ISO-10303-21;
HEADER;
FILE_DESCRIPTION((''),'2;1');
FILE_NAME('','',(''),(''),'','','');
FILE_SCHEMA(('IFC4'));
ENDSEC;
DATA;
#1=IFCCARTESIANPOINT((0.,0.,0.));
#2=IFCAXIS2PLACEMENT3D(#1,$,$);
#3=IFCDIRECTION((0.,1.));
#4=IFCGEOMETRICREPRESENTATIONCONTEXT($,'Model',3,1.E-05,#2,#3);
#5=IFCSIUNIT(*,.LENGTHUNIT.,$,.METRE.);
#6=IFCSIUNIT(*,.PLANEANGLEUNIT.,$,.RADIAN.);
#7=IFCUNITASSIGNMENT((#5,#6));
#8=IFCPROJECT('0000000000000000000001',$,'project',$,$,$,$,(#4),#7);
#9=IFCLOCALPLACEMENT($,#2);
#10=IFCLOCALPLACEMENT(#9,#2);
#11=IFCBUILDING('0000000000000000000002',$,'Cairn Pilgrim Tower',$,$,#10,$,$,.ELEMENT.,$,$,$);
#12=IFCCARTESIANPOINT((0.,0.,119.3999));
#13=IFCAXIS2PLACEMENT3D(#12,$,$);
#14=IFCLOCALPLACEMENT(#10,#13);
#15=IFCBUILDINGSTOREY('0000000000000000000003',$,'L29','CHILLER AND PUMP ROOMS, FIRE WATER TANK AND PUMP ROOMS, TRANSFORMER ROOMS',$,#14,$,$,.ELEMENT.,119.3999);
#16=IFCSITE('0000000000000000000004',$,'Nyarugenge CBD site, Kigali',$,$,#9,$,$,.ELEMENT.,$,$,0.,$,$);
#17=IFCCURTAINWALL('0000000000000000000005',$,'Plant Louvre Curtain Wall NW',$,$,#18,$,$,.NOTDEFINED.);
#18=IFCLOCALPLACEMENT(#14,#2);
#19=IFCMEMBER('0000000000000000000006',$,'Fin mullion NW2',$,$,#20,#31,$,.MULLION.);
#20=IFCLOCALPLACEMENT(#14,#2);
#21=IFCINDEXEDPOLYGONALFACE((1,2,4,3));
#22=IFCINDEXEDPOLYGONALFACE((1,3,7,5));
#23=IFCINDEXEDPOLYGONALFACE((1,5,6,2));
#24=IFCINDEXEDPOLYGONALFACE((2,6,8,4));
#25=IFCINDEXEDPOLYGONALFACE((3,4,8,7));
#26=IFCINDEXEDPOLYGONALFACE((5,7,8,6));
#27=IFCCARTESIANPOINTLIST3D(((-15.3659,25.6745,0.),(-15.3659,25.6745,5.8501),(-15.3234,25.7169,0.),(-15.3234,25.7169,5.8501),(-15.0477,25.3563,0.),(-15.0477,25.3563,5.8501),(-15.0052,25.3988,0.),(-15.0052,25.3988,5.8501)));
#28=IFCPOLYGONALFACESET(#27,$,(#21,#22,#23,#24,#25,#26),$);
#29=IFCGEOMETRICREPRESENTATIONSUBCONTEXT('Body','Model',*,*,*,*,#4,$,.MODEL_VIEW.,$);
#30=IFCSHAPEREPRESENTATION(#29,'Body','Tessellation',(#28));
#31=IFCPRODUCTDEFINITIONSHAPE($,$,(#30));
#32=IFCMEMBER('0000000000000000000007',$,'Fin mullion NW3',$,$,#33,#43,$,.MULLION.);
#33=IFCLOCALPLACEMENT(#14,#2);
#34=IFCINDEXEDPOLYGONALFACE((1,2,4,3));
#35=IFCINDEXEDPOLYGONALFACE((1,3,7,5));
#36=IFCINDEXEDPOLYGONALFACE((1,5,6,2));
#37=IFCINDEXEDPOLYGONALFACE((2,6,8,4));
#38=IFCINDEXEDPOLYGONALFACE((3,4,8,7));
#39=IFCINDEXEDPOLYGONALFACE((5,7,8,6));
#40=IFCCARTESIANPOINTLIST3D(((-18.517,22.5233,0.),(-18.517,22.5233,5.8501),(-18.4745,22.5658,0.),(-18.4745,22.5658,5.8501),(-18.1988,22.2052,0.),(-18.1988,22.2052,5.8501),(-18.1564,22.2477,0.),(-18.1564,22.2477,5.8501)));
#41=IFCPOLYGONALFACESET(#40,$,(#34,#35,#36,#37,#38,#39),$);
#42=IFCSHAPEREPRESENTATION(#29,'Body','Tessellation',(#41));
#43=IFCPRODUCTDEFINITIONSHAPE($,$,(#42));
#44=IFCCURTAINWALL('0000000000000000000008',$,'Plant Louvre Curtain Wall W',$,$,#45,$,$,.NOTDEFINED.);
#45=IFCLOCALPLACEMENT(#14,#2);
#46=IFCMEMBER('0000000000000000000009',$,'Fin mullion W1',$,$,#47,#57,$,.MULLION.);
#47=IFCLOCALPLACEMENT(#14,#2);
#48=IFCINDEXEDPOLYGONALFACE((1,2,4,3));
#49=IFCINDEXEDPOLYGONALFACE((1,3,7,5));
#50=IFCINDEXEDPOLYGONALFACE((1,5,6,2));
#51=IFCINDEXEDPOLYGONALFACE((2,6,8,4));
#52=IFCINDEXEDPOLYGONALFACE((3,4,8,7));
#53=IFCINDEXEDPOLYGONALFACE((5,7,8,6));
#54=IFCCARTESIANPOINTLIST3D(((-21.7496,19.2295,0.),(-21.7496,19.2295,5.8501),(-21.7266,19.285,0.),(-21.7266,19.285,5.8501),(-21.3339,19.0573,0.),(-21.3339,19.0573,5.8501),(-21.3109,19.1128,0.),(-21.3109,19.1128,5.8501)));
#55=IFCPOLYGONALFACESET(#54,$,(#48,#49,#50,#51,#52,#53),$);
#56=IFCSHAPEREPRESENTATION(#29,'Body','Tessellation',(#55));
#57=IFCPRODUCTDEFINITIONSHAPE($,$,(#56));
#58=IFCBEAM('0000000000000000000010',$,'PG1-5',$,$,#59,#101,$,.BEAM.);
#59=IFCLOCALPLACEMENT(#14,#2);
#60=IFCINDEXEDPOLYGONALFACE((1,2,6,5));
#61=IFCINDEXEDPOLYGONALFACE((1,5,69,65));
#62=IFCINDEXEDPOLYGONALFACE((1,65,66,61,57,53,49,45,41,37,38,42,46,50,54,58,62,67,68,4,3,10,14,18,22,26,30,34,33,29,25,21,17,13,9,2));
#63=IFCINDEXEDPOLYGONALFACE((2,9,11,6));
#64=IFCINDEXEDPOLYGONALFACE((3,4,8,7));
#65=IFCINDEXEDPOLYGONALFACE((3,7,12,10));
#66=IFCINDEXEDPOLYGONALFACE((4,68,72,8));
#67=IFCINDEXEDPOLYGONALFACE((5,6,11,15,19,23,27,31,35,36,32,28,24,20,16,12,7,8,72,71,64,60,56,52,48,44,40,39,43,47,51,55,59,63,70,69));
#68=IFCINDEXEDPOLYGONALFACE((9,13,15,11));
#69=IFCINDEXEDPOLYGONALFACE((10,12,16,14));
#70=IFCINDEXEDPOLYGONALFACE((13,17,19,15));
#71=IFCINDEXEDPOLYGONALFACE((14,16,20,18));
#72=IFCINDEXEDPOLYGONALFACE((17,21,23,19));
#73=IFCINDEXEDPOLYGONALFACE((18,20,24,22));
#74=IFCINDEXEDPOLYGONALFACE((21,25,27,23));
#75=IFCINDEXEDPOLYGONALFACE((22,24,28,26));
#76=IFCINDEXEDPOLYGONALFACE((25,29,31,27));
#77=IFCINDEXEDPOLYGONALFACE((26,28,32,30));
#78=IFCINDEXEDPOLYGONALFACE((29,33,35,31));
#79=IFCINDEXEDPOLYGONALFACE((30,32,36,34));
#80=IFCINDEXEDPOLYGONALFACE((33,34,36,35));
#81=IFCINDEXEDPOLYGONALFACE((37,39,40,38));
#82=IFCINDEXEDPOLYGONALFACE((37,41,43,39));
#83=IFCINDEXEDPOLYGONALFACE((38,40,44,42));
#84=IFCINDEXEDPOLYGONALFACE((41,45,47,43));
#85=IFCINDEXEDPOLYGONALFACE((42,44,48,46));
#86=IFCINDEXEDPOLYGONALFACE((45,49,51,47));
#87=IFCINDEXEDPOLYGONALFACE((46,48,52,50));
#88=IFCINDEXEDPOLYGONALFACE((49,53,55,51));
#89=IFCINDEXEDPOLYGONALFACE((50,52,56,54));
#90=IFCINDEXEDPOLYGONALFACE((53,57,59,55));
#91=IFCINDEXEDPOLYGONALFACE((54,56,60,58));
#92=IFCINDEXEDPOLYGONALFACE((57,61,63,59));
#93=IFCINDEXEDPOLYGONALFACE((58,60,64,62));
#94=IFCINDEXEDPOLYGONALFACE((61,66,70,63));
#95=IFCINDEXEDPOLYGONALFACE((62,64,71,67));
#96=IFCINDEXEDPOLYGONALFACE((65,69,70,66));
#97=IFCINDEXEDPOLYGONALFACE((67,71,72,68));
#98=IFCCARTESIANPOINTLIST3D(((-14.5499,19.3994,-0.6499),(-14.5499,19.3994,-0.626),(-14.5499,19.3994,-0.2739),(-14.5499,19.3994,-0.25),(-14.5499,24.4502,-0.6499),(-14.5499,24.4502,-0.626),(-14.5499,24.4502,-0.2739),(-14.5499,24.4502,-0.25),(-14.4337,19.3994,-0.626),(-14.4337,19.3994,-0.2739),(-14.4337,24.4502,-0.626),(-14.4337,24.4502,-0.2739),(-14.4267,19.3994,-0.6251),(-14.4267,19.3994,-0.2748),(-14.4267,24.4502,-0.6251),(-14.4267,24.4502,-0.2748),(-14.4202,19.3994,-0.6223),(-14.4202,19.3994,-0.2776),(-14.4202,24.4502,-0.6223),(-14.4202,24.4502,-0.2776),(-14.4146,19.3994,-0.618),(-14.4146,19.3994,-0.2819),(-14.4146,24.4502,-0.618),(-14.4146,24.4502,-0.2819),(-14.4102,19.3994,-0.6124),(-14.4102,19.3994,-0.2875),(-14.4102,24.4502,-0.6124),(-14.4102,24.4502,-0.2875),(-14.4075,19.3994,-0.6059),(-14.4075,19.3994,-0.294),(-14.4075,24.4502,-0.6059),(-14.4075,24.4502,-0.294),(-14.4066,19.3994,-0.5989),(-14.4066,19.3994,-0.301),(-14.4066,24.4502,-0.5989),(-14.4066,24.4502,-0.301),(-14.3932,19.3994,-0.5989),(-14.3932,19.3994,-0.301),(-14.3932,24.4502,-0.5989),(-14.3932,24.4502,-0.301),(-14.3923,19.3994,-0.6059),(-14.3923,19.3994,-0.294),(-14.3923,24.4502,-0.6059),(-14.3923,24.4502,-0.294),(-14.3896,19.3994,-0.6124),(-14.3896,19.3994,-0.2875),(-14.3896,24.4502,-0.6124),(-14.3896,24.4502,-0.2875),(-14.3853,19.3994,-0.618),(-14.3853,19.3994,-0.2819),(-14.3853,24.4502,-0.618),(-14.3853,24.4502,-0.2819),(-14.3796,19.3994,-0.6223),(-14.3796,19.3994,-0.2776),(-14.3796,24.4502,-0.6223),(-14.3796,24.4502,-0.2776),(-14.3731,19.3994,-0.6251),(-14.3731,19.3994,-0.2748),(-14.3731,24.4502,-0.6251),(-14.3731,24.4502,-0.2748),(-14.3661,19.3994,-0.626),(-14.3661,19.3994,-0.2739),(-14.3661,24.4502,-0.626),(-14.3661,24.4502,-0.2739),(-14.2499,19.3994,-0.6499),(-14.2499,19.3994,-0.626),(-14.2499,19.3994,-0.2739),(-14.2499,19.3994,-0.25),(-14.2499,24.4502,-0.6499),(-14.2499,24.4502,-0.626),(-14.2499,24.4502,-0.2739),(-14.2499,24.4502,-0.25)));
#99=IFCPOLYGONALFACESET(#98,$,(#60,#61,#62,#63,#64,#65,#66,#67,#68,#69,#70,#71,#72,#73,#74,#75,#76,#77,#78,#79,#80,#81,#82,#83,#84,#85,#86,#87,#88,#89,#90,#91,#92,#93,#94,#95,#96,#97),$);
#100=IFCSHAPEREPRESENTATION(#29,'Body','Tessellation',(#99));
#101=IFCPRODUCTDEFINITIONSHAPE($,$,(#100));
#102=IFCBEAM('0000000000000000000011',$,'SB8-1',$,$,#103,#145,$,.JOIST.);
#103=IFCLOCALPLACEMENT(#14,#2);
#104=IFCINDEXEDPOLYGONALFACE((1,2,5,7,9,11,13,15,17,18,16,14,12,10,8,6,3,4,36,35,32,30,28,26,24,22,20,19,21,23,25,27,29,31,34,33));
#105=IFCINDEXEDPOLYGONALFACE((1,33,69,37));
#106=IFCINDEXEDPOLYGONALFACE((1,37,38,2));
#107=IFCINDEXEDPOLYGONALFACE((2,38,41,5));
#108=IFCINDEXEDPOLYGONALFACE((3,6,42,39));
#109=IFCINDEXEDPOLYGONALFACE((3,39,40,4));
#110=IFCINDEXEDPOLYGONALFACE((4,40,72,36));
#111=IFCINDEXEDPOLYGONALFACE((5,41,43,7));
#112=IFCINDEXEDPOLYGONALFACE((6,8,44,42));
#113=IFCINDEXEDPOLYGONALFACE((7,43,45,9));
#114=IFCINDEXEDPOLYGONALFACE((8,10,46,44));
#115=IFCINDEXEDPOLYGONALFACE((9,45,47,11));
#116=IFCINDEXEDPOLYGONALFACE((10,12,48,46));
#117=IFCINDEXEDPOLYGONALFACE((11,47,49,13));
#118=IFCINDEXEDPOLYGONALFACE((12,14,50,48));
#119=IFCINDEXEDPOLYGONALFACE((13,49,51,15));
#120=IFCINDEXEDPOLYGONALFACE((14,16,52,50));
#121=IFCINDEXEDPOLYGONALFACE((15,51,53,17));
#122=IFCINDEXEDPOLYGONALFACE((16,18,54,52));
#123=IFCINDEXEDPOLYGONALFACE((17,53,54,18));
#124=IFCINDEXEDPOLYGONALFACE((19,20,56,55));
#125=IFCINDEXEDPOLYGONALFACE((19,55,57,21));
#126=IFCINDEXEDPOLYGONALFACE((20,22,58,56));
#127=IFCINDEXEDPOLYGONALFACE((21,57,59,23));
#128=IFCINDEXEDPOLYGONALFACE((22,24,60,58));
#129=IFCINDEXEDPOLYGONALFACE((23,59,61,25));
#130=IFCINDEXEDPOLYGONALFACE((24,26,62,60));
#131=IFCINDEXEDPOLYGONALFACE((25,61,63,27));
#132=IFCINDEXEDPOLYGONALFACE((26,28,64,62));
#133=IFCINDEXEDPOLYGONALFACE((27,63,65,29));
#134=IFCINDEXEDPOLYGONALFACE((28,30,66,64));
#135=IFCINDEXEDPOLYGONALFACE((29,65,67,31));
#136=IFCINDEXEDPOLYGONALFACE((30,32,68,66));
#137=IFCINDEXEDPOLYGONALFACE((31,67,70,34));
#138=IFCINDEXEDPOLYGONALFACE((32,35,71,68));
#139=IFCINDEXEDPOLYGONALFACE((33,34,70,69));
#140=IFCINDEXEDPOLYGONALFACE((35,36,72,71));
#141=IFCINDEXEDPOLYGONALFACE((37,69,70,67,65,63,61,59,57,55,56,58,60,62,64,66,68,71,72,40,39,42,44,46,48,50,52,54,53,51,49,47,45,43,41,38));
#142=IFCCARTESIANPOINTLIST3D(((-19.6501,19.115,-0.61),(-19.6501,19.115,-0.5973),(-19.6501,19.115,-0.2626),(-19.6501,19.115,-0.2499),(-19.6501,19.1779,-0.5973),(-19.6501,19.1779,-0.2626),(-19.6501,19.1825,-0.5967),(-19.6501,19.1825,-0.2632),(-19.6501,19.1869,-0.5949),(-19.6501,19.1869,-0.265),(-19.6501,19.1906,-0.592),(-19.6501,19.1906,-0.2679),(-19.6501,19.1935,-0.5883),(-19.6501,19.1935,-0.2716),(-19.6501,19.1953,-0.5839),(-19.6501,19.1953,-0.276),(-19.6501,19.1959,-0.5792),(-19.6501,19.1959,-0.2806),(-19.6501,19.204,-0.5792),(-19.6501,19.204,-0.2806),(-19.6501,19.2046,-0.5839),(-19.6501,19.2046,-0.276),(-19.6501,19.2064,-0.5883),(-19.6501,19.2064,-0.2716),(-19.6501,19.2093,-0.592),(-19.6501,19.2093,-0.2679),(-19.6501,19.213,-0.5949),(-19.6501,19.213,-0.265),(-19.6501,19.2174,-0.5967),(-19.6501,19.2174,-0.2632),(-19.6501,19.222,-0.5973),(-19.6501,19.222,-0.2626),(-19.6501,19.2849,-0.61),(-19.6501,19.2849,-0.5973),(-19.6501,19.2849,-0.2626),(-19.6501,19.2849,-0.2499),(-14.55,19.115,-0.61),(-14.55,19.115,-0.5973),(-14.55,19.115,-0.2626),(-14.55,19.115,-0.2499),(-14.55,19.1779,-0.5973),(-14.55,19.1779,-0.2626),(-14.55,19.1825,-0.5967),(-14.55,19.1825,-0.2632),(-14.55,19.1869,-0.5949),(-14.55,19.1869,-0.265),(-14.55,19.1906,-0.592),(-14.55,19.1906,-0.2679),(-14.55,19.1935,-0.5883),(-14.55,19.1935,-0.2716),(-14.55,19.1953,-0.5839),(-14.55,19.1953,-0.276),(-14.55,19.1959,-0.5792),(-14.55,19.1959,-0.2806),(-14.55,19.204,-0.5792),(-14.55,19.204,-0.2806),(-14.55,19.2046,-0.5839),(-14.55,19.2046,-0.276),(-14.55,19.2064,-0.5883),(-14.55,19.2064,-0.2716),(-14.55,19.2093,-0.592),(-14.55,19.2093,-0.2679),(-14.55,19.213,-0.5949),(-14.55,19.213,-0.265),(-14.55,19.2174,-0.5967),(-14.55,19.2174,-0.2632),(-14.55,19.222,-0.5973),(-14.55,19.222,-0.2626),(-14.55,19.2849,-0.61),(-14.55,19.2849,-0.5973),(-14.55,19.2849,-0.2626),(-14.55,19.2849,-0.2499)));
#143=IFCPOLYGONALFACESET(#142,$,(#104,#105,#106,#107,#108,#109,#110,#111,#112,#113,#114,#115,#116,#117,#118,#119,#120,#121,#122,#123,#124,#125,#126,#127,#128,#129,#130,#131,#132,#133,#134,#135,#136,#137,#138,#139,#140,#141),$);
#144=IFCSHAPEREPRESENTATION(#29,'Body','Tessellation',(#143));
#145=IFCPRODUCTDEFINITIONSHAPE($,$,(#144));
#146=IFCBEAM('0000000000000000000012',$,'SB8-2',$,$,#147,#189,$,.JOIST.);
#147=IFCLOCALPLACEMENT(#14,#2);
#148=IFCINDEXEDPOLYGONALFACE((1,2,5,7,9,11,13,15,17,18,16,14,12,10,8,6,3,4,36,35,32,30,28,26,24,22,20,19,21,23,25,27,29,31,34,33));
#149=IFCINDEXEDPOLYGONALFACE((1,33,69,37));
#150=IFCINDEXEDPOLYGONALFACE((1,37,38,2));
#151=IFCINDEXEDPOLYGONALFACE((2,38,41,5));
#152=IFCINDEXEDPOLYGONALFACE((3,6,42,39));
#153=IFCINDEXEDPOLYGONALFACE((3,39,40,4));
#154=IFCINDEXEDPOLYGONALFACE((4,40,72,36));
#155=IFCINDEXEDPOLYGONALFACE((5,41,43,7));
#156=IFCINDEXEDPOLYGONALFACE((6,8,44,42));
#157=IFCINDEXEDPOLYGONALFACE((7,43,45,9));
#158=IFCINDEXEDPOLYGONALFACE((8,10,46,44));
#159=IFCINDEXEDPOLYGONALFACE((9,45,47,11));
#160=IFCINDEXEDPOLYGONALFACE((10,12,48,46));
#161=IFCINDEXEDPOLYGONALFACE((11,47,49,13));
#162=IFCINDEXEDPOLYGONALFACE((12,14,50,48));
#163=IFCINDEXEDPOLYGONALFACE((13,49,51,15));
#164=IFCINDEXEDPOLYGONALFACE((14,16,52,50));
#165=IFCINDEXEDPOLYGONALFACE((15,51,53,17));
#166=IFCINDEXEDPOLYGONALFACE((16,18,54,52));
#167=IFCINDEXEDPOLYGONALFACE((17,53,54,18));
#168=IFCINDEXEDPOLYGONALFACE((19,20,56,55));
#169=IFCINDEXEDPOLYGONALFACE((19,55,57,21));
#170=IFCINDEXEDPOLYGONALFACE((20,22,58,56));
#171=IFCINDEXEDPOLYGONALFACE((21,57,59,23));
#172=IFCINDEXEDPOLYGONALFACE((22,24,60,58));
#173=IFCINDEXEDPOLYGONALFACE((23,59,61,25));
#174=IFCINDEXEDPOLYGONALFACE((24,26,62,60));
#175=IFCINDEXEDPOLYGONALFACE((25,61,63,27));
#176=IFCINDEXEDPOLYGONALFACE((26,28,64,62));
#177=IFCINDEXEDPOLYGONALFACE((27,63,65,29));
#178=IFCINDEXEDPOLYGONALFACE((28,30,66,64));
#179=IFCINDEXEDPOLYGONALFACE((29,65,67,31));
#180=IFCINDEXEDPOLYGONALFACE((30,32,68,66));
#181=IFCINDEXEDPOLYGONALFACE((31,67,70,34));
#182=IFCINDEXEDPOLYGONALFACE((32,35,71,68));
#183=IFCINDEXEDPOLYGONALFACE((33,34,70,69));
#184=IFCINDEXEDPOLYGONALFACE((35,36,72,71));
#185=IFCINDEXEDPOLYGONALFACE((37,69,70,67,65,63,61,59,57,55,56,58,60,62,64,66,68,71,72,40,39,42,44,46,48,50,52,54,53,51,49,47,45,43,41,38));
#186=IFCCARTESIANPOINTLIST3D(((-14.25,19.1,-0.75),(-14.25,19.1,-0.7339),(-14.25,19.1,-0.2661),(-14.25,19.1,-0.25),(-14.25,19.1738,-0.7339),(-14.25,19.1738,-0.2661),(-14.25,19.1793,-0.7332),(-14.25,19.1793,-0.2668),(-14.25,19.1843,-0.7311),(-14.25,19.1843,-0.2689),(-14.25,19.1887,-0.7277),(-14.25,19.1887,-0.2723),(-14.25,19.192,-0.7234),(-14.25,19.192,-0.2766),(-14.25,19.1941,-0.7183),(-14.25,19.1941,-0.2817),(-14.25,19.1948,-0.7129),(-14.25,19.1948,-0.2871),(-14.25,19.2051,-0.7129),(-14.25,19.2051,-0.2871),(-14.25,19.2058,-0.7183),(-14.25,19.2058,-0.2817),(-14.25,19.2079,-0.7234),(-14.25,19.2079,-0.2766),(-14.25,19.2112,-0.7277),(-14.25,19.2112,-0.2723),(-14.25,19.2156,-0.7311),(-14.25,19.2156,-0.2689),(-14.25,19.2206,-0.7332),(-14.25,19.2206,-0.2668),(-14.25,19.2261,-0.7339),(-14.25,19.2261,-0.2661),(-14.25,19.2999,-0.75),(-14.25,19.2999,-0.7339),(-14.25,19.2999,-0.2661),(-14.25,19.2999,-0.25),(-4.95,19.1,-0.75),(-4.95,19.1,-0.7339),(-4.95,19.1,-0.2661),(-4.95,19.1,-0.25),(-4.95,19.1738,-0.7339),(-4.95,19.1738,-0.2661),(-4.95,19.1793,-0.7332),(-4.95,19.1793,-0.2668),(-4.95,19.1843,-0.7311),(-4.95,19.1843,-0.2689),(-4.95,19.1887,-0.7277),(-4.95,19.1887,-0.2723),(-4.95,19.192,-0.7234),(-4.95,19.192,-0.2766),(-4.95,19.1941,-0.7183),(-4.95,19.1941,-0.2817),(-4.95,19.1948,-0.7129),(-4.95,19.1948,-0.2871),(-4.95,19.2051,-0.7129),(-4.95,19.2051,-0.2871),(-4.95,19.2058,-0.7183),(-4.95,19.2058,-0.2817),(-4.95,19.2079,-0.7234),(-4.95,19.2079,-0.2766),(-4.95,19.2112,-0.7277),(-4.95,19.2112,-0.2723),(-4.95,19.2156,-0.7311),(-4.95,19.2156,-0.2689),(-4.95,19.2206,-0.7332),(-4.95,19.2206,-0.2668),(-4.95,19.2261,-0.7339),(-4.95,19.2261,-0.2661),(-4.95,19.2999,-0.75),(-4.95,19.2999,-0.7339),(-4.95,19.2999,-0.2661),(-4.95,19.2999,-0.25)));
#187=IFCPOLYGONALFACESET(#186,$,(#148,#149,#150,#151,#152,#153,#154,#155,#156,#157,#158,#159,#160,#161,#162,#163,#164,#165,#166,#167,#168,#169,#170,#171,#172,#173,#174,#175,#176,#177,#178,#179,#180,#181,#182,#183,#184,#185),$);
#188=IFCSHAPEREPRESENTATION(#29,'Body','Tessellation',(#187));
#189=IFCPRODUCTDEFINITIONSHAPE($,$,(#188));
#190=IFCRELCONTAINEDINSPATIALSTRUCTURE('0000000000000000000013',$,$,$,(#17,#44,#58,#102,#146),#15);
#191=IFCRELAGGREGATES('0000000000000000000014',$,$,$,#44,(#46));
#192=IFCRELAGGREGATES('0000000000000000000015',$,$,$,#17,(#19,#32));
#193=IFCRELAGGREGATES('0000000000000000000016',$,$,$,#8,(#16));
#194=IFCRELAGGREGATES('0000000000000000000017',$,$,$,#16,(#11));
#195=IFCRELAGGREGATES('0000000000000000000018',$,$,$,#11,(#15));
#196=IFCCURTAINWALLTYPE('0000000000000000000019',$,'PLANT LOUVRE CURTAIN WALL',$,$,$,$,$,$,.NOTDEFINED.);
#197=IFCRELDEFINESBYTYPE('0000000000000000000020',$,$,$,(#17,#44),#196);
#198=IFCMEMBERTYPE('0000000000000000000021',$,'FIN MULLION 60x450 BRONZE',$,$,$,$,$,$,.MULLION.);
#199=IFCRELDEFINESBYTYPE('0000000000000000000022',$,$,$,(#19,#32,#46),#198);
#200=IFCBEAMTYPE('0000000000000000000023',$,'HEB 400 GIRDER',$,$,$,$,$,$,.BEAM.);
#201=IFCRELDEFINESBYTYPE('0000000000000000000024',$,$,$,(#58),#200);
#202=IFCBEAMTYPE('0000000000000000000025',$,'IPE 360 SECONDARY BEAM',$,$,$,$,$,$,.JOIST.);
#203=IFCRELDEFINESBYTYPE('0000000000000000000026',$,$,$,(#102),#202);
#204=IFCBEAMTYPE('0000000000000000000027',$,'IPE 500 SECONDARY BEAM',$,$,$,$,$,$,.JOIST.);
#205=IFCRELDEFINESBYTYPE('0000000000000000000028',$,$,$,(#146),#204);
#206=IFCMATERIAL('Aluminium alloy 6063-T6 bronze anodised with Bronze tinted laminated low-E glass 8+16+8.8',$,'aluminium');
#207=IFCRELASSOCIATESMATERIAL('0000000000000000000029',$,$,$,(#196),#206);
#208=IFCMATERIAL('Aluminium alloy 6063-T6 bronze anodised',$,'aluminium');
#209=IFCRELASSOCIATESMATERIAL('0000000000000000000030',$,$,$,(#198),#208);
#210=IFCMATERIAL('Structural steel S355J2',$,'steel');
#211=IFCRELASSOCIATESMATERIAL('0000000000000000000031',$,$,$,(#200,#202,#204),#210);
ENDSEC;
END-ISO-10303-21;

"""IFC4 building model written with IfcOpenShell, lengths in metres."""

from ifc_helpers import new_model, si_unit, direction, frame, origin, origin_2d, place, context, subcontext, project, spatial, rectangle, i_section, extrude, material, material_profile, profile_set, type_object, element, aggregate, save


model = new_model("IFC4")

# Units and contexts
model_context = context("Model", 3, precision=1e-05, world=origin(), true_north=direction((0.0, 1.0)))
body_context = subcontext(model_context, "Body", "Model", "MODEL_VIEW")
ifc_project = project(units=[si_unit("LENGTHUNIT", "METRE"), si_unit("PLANEANGLEUNIT", "RADIAN")], contexts=[model_context])

# Site, building, storey
site_placement = place(None, origin())
site = spatial("IfcSite", under=ifc_project, at=site_placement, Name="Nyarugenge CBD site, Kigali", CompositionType="ELEMENT", RefElevation=0.0)
building_placement = place(site_placement, origin())
building = spatial("IfcBuilding", under=site, at=building_placement, Name="Cairn Pilgrim Tower", CompositionType="ELEMENT")
storey_placement = place(building_placement, frame((0.0, 0.0, 119.3999)))
storey = spatial("IfcBuildingStorey", under=building, at=storey_placement, Name="L29", Description="CHILLER AND PUMP ROOMS, FIRE WATER TANK AND PUMP ROOMS, TRANSFORMER ROOMS", CompositionType="ELEMENT", Elevation=119.3999)

# Shared definitions
ifc_material_1 = material(Name="Structural steel S355J2", Category="steel")

# Curtain wall, members
ifc_material_2 = material(Name="Aluminium alloy 6063-T6 bronze anodised with Bronze tinted laminated low-E glass 8+16+8.8", Category="aluminium")
curtain_wall_type = type_object("IfcCurtainWallType", Name="PLANT LOUVRE CURTAIN WALL", PredefinedType="NOTDEFINED", material=ifc_material_2)
curtain_wall_1_placement = place(storey_placement, origin())
curtain_wall_1 = element("IfcCurtainWall", 1, at=curtain_wall_1_placement, inside=storey, type_object=curtain_wall_type, Name="Plant Louvre Curtain Wall NW", PredefinedType="NOTDEFINED")
ifc_material_3 = material(Name="Aluminium alloy 6063-T6 bronze anodised", Category="aluminium")
ifc_material_profile_1 = material_profile(ifc_material_3, rectangle(XDim=0.45, YDim=0.0601, at=origin_2d()), Name="FIN MULLION 60x450 BRONZE")
ifc_profile_set_1 = profile_set([ifc_material_profile_1], Name="Aluminium alloy 6063-T6 bronze anodised")
member_type_1 = type_object("IfcMemberType", Name="FIN MULLION 60x450 BRONZE", PredefinedType="MULLION", material=ifc_profile_set_1)
member_1_placement = place(storey_placement, frame((-15.1855, 25.5366, 0.0), z_axis=(0.0, 0.0, 1.0), x_axis=(-0.707107, 0.707107, 0.0)))
member_1 = element("IfcMember", 2, at=member_1_placement, type_object=member_type_1, Name="Fin mullion NW2", PredefinedType="MULLION", context=body_context, shape_type="SweptSolid", body=[
    extrude(rectangle(XDim=0.45, YDim=0.0601, at=origin_2d()), origin(), (0.0, 0.0, 1.0), 5.8501),
])
member_2_placement = place(storey_placement, frame((-18.3367, 22.3855, 0.0), z_axis=(0.0, 0.0, 1.0), x_axis=(-0.707107, 0.707107, 0.0)))
member_2 = element("IfcMember", 3, at=member_2_placement, type_object=member_type_1, Name="Fin mullion NW3", PredefinedType="MULLION", context=body_context, shape_type="SweptSolid", body=[
    extrude(rectangle(XDim=0.45, YDim=0.0601, at=origin_2d()), origin(), (0.0, 0.0, 1.0), 5.8501),
])

# Curtain wall, member
curtain_wall_2_placement = place(storey_placement, origin())
curtain_wall_2 = element("IfcCurtainWall", 4, at=curtain_wall_2_placement, inside=storey, type_object=curtain_wall_type, Name="Plant Louvre Curtain Wall W", PredefinedType="NOTDEFINED")
member_3_placement = place(storey_placement, frame((-21.5303, 19.1711, 0.0), z_axis=(0.0, 0.0, 1.0), x_axis=(-0.92388, 0.382683, 0.0)))
member_3 = element("IfcMember", 5, at=member_3_placement, type_object=member_type_1, Name="Fin mullion W1", PredefinedType="MULLION", context=body_context, shape_type="SweptSolid", body=[
    extrude(rectangle(XDim=0.45, YDim=0.0601, at=origin_2d()), origin(), (0.0, 0.0, 1.0), 5.8501),
])

# Beams
ifc_material_profile_2 = material_profile(ifc_material_1, i_section(OverallWidth=0.3, OverallDepth=0.3999, WebThickness=0.0134, FlangeThickness=0.0239, FilletRadius=0.0271, at=origin_2d()), Name="HEB 400")
ifc_profile_set_2 = profile_set([ifc_material_profile_2], Name="Structural steel S355J2")
beam_type_1 = type_object("IfcBeamType", Name="HEB 400 GIRDER", PredefinedType="BEAM", material=ifc_profile_set_2)
beam_1_placement = place(storey_placement, frame((-14.3999, 19.3994, -0.45), z_axis=(0.0, 1.0, 0.0), x_axis=(-1.0, 0.0, 0.0)))
element("IfcBeam", 6, at=beam_1_placement, inside=storey, type_object=beam_type_1, Name="PG1-5", PredefinedType="BEAM", context=body_context, shape_type="SweptSolid", body=[
    extrude(i_section(OverallWidth=0.3, OverallDepth=0.3999, WebThickness=0.0134, FlangeThickness=0.0239, FilletRadius=0.0271, at=origin_2d()), origin(), (0.0, 0.0, 1.0), 5.0508),
])
ifc_material_profile_3 = material_profile(ifc_material_1, i_section(OverallWidth=0.1699, OverallDepth=0.3601, WebThickness=0.0081, FlangeThickness=0.0127, FilletRadius=0.0181, at=origin_2d()), Name="IPE 360")
ifc_profile_set_3 = profile_set([ifc_material_profile_3], Name="Structural steel S355J2")
beam_type_2 = type_object("IfcBeamType", Name="IPE 360 SECONDARY BEAM", PredefinedType="JOIST", material=ifc_profile_set_3)
beam_2_placement = place(storey_placement, frame((-19.6501, 19.2, -0.4299), z_axis=(1.0, 0.0, 0.0), x_axis=(0.0, 1.0, 0.0)))
element("IfcBeam", 7, at=beam_2_placement, inside=storey, type_object=beam_type_2, Name="SB8-1", PredefinedType="JOIST", context=body_context, shape_type="SweptSolid", body=[
    extrude(i_section(OverallWidth=0.1699, OverallDepth=0.3601, WebThickness=0.0081, FlangeThickness=0.0127, FilletRadius=0.0181, at=origin_2d()), origin(), (0.0, 0.0, 1.0), 5.1001),
])
ifc_material_profile_4 = material_profile(ifc_material_1, i_section(OverallWidth=0.2, OverallDepth=0.5, WebThickness=0.0103, FlangeThickness=0.0161, FilletRadius=0.021, at=origin_2d()), Name="IPE 500")
ifc_profile_set_4 = profile_set([ifc_material_profile_4], Name="Structural steel S355J2")
beam_type_3 = type_object("IfcBeamType", Name="IPE 500 SECONDARY BEAM", PredefinedType="JOIST", material=ifc_profile_set_4)
for number, where, z_axis, x_axis, name in (
    (8, (-14.25, 19.2, -0.5), (1.0, 0.0, 0.0), (0.0, 1.0, 0.0), "SB8-2"),
):
    element("IfcBeam", number, at=place(storey_placement, frame(where, z_axis=z_axis, x_axis=x_axis)), inside=storey, type_object=beam_type_3, Name=name, PredefinedType="JOIST", context=body_context, shape_type="SweptSolid", body=[
        extrude(i_section(OverallWidth=0.2, OverallDepth=0.5, WebThickness=0.0103, FlangeThickness=0.0161, FilletRadius=0.021, at=origin_2d()), origin(), (0.0, 0.0, 1.0), 9.3),
    ])

aggregate(curtain_wall_2, [member_3])

aggregate(curtain_wall_1, [member_1, member_2])

save(model, "model.ifc")
